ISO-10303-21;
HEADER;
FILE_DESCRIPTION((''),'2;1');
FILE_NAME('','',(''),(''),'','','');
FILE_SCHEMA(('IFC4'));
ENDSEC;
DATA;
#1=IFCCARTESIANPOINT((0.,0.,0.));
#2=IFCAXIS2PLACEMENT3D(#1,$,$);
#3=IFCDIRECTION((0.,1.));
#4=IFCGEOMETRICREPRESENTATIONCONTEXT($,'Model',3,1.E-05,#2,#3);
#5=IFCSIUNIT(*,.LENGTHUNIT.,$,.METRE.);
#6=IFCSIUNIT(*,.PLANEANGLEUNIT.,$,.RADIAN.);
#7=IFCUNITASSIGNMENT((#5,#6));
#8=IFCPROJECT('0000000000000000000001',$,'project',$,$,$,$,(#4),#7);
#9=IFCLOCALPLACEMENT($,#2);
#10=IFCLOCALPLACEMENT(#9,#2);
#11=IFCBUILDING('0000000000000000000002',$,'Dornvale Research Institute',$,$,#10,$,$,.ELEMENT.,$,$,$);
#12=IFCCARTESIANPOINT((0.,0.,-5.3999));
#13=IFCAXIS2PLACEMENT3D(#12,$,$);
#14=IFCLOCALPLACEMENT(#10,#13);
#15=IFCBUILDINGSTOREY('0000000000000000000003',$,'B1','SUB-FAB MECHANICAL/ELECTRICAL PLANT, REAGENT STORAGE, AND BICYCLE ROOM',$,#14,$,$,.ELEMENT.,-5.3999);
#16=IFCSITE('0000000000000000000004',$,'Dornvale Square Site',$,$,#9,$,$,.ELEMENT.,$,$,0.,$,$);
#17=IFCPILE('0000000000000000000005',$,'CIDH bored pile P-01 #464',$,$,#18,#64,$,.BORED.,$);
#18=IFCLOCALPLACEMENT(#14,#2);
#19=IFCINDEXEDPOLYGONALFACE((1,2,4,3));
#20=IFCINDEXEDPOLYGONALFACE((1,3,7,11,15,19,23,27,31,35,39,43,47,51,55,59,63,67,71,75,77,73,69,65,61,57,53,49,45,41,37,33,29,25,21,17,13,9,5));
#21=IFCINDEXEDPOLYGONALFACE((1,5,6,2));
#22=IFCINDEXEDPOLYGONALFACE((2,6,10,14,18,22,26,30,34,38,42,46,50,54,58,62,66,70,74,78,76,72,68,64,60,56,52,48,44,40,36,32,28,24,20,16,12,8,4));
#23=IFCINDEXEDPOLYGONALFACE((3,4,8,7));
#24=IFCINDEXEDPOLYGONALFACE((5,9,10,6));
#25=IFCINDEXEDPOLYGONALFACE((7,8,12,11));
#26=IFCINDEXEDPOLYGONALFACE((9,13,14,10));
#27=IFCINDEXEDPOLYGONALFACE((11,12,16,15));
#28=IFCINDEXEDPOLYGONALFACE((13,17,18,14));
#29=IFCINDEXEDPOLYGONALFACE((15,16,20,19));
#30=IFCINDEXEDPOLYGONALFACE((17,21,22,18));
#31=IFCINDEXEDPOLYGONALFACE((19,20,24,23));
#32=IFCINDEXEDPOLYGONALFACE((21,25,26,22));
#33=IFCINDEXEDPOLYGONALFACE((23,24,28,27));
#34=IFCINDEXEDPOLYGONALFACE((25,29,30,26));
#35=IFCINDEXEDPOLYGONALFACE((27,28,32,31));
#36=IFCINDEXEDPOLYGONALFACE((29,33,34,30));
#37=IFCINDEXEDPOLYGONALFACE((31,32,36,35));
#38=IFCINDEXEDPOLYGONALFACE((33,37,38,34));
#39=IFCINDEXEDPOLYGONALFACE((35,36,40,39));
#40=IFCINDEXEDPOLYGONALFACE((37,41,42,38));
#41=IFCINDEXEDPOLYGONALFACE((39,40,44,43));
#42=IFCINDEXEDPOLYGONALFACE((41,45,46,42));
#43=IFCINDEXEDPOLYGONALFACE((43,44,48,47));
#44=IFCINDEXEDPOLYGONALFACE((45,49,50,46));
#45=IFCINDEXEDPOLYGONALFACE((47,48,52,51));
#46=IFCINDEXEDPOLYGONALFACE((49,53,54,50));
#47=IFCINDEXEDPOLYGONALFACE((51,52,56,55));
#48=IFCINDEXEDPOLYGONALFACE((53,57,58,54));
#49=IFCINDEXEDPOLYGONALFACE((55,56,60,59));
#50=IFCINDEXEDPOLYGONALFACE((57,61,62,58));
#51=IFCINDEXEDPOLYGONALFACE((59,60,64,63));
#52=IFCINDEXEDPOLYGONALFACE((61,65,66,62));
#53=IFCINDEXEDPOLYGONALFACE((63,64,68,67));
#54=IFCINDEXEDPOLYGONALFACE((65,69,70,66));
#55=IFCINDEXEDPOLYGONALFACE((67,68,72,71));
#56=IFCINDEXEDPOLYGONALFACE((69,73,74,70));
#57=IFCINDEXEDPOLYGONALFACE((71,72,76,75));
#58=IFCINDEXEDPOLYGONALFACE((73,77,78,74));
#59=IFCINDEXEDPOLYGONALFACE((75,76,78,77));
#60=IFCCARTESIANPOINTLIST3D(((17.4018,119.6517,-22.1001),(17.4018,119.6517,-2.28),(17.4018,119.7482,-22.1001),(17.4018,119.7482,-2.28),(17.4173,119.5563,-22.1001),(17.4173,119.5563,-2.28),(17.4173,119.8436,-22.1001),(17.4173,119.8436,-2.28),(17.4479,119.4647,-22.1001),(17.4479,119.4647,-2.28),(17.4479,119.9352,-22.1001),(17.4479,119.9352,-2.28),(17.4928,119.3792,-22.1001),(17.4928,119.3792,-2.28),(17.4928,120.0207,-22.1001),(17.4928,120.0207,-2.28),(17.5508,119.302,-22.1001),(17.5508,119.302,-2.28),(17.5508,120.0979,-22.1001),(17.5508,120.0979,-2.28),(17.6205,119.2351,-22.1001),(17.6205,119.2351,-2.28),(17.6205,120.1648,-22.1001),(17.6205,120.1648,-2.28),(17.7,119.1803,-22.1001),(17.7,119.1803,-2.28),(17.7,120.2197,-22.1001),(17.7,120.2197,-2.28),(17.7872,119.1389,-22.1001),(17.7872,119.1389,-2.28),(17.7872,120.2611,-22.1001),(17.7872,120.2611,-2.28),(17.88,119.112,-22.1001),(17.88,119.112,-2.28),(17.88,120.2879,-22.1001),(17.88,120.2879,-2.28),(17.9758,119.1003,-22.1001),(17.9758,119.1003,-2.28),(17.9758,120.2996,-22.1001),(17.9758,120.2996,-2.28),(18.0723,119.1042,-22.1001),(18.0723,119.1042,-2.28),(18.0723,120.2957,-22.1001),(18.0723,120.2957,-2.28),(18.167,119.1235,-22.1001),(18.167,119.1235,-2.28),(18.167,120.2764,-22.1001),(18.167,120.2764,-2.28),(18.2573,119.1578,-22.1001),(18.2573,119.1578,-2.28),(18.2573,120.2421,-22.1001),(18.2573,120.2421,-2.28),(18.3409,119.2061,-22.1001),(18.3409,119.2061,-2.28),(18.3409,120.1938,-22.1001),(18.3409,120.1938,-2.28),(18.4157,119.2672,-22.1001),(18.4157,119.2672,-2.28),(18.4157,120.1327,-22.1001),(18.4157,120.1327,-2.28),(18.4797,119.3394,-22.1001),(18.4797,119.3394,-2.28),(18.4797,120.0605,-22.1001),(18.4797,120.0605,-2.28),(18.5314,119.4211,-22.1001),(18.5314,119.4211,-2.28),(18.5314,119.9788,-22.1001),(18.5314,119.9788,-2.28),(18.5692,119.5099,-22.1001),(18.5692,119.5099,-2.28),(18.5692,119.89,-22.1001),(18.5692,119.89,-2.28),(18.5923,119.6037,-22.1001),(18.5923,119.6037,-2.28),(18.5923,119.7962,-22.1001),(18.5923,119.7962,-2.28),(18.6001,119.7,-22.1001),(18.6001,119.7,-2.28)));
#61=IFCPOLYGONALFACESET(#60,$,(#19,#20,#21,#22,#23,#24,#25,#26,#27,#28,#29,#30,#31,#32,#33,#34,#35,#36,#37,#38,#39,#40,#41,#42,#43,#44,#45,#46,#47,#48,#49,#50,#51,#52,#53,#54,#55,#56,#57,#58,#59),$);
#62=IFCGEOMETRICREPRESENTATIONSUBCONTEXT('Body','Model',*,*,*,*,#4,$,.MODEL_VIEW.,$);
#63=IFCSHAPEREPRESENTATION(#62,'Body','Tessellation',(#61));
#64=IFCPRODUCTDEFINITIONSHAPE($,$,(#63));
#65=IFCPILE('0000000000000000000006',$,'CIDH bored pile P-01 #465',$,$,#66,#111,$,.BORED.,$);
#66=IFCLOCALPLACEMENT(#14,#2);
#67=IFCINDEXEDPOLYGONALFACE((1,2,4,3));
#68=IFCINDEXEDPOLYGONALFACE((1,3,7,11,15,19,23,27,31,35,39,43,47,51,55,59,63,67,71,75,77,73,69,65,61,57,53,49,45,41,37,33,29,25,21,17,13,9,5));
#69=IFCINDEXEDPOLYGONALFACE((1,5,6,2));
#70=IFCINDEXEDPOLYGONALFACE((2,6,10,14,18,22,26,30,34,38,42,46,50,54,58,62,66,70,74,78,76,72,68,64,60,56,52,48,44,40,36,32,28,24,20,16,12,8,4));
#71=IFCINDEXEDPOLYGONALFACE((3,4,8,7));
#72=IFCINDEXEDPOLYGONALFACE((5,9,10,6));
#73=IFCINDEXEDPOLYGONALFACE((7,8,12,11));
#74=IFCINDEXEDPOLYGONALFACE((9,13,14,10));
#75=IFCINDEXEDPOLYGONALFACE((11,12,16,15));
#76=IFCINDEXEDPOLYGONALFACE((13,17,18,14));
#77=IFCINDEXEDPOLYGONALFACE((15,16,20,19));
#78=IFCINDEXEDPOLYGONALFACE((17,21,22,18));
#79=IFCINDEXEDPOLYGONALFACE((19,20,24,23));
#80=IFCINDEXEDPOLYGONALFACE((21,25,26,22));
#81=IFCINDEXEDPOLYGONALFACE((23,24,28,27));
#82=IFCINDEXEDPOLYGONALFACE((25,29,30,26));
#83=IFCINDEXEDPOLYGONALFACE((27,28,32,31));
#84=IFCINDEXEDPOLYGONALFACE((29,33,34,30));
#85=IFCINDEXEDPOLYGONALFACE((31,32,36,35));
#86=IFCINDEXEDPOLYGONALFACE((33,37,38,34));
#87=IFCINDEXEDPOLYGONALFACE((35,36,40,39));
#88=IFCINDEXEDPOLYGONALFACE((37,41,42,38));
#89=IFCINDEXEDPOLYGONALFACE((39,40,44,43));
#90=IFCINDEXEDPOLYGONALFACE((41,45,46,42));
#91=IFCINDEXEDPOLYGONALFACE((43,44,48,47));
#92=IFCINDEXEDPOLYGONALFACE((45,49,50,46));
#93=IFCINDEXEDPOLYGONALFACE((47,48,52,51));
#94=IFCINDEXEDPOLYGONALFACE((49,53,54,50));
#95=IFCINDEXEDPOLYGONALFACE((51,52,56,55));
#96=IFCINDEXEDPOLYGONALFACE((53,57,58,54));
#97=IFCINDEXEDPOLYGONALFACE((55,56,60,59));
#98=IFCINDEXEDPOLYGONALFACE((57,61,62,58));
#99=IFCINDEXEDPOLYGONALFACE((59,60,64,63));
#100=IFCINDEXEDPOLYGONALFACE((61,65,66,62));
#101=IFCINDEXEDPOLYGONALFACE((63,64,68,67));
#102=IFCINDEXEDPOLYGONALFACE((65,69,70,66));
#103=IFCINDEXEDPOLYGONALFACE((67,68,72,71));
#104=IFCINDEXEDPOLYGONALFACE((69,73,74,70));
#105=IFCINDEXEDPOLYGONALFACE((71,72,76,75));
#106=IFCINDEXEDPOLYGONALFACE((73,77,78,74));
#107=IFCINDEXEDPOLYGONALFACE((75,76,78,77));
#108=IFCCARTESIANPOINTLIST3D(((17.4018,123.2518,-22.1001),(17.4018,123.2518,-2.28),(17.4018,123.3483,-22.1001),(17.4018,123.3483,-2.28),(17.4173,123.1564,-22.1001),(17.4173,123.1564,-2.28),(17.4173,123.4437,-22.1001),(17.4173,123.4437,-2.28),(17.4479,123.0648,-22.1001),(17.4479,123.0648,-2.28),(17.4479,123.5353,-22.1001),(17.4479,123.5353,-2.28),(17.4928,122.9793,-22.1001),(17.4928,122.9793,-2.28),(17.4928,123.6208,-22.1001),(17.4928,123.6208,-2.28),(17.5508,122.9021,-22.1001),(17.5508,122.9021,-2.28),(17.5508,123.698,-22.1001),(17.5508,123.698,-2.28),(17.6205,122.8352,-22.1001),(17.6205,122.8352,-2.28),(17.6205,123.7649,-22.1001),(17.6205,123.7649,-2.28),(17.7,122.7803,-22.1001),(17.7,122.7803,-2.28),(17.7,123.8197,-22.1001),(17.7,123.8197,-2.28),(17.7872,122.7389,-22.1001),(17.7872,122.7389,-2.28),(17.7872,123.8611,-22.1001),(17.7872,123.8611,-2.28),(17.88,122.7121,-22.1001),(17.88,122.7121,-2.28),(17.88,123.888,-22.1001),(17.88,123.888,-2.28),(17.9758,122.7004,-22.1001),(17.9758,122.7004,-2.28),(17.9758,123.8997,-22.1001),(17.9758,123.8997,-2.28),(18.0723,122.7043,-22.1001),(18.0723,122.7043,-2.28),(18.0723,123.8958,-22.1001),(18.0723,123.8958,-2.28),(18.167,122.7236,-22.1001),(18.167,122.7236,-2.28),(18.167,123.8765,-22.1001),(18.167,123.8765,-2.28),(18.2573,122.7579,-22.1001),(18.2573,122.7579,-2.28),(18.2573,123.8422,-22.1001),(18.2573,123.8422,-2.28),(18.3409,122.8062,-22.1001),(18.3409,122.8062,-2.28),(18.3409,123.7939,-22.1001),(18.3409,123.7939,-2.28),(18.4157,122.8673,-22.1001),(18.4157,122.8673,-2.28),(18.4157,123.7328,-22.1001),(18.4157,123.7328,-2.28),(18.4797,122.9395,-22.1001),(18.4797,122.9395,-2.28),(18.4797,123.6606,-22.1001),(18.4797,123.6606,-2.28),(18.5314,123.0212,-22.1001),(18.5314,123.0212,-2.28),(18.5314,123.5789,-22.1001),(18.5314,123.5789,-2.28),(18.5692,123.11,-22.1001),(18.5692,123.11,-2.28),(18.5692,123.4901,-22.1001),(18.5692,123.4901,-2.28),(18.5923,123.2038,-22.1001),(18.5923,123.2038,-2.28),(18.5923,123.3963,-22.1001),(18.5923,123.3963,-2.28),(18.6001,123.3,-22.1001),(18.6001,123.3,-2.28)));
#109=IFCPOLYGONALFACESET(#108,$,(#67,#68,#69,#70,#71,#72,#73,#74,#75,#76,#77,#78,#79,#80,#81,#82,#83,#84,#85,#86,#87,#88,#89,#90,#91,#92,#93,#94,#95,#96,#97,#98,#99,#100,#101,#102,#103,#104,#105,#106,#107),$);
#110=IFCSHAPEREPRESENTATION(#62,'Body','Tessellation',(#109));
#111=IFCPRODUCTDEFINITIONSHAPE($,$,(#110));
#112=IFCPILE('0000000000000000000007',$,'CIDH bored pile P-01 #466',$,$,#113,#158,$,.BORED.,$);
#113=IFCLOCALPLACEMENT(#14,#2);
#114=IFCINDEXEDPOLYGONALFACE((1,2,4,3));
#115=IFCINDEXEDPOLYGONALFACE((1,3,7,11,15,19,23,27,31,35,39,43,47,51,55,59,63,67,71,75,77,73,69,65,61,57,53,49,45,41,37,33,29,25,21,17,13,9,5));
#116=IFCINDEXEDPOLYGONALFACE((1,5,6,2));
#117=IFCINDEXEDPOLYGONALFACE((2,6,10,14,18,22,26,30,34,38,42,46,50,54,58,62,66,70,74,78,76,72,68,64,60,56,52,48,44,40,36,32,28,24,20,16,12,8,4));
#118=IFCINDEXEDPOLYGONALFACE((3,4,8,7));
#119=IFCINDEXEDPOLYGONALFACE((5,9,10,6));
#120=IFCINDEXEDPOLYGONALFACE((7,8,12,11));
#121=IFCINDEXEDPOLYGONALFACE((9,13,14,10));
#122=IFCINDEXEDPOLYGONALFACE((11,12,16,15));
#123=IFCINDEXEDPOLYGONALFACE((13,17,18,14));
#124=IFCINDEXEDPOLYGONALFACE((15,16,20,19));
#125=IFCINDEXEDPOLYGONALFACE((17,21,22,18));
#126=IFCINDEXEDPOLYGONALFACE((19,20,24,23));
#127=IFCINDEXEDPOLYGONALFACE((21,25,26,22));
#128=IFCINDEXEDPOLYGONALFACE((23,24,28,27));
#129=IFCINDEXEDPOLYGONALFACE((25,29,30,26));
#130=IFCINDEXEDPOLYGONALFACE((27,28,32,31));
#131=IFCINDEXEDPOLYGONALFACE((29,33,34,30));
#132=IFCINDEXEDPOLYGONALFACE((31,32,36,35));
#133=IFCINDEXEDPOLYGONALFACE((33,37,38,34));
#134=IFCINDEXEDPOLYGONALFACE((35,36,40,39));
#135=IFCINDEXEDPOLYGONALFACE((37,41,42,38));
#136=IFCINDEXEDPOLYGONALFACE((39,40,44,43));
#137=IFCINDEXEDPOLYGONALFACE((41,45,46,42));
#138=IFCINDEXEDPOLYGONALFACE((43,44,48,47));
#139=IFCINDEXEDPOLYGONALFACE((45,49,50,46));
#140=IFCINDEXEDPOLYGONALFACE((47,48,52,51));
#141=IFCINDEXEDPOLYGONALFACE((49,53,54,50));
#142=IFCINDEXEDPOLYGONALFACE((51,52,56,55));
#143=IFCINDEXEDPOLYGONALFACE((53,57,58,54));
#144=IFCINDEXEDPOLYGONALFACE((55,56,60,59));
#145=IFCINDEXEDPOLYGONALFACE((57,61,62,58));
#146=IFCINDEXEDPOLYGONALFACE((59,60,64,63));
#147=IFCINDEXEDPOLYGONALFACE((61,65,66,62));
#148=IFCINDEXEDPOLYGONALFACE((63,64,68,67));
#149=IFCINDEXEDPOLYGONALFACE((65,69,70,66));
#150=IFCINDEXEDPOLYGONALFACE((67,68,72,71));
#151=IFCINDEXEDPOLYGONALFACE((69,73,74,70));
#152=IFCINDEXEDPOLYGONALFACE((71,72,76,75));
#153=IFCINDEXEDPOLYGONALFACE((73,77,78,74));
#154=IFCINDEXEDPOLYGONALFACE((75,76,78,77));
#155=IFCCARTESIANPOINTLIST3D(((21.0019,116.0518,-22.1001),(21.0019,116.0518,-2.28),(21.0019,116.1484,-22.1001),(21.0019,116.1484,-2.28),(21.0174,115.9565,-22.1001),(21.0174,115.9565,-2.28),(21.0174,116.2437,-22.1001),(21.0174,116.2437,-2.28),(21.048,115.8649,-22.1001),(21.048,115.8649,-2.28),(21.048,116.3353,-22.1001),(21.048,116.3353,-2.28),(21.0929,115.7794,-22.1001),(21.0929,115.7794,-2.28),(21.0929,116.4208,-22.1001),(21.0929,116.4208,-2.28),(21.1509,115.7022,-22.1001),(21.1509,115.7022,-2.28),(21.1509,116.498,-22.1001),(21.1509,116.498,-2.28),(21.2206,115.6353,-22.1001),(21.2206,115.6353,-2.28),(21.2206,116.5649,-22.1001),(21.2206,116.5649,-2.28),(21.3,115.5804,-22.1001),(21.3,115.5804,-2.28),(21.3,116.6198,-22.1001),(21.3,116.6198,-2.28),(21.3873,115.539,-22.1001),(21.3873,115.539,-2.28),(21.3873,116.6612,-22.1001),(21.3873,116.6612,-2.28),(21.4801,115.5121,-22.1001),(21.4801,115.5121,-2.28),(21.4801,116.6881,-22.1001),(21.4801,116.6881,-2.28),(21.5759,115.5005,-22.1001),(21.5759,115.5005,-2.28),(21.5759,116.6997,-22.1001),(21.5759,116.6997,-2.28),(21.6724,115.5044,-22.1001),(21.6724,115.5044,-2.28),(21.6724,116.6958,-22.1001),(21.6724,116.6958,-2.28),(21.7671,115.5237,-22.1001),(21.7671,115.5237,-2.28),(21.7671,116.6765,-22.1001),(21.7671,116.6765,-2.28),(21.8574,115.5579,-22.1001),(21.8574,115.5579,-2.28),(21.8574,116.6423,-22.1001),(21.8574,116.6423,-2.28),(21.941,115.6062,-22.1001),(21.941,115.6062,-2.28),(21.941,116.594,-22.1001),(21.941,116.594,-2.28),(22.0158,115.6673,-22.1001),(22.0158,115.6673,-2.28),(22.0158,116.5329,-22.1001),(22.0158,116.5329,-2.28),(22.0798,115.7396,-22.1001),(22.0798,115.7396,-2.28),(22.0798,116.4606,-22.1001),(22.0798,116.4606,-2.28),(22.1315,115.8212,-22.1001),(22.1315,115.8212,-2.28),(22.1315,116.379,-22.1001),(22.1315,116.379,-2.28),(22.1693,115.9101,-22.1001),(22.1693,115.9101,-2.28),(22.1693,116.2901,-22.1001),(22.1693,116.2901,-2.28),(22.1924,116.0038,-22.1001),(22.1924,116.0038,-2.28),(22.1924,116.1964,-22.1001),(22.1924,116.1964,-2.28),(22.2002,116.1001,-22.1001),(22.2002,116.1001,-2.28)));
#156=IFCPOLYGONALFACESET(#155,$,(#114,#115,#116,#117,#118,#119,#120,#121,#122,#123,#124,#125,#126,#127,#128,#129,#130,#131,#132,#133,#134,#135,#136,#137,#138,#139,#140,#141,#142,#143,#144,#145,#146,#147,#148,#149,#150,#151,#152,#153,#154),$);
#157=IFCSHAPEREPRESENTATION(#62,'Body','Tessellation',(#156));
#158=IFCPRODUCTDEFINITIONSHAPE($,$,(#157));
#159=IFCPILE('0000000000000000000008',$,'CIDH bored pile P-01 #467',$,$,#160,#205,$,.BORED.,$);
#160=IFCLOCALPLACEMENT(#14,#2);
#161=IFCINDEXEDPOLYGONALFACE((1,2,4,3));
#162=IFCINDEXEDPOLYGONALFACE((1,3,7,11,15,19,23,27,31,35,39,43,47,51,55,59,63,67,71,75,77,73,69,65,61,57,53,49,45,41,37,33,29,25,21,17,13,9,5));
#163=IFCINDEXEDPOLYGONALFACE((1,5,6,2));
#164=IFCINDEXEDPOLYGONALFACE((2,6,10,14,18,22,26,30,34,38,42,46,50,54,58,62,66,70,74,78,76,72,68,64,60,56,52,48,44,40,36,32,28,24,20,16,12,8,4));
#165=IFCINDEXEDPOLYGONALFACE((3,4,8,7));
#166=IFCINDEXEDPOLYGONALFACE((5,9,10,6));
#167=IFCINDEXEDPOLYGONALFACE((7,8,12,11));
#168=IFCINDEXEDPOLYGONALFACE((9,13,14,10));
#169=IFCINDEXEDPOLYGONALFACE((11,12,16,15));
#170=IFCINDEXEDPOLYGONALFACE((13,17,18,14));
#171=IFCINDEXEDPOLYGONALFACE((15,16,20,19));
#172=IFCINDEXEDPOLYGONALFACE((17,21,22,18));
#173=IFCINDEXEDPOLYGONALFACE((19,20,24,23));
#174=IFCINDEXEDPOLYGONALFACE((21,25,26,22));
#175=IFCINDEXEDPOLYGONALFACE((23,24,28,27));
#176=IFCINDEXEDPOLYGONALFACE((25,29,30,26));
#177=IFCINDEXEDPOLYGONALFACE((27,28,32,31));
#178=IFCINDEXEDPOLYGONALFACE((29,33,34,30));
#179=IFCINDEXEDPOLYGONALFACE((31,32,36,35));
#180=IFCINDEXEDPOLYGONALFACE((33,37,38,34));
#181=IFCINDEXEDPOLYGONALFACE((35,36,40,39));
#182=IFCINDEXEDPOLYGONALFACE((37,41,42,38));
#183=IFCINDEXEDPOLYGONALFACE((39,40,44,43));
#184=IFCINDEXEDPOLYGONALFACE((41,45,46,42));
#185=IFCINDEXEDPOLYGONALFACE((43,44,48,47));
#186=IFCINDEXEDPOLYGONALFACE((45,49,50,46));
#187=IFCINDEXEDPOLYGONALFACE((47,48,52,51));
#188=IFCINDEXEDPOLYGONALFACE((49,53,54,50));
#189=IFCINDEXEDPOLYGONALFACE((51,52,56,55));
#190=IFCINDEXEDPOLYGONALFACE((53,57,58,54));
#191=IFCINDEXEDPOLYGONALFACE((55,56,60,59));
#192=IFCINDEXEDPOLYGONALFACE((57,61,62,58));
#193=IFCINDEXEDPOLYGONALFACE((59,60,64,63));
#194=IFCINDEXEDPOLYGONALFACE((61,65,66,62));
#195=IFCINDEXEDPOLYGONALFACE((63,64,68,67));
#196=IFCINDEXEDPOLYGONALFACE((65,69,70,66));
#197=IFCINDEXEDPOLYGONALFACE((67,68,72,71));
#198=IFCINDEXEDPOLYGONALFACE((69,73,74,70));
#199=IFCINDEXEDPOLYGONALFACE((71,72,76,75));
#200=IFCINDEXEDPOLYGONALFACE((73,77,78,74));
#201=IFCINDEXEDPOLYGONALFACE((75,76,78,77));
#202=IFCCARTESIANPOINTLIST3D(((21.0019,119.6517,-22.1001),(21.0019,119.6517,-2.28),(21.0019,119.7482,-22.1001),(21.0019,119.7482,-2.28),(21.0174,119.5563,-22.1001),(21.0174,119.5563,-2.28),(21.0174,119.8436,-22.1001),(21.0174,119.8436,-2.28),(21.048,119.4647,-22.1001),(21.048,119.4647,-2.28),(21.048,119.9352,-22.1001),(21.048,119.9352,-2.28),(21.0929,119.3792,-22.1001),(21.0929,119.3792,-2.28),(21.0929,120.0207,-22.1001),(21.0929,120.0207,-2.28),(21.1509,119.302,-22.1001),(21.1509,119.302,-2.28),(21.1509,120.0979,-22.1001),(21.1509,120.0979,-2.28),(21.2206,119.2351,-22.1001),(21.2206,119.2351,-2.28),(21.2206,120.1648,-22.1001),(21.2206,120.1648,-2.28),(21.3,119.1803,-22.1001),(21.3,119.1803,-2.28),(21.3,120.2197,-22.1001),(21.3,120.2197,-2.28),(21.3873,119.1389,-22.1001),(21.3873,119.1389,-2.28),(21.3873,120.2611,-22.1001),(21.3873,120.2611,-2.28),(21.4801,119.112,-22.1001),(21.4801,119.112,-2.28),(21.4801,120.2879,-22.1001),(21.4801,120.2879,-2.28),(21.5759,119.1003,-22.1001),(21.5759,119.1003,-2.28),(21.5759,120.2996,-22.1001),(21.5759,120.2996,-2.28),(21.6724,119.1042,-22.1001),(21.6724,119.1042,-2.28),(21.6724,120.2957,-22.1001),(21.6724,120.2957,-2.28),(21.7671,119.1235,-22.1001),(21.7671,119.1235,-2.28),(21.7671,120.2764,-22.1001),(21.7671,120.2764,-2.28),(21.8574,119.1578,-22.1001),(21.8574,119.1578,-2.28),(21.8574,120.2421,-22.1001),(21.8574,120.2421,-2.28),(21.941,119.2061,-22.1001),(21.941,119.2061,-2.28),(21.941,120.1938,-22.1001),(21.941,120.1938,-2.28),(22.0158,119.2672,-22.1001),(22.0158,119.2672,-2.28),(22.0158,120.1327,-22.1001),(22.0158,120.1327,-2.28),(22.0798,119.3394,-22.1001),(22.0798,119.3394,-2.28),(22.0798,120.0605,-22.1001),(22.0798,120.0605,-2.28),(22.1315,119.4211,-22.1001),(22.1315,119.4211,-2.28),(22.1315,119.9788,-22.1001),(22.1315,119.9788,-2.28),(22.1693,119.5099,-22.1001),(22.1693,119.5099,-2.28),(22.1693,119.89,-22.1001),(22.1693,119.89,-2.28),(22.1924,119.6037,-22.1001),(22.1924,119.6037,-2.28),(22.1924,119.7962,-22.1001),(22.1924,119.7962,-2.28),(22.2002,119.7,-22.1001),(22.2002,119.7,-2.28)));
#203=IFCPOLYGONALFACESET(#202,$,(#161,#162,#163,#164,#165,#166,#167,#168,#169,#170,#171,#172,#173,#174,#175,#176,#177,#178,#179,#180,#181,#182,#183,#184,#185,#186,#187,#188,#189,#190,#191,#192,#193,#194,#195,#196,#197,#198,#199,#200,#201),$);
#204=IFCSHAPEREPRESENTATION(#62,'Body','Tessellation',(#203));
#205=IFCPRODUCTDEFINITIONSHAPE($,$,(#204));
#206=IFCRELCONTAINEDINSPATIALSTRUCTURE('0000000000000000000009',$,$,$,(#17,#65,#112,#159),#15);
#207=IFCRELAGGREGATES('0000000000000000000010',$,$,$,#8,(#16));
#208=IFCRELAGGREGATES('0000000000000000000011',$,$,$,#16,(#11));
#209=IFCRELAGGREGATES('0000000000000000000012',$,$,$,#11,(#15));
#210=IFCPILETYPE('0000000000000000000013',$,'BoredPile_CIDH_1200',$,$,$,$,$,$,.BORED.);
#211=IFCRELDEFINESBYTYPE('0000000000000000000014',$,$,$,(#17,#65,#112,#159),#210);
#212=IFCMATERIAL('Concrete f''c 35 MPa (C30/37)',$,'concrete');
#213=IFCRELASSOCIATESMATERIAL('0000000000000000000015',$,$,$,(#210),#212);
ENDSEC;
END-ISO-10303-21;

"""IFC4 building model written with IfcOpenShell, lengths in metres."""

from ifc_helpers import new_model, si_unit, direction, frame, origin, origin_2d, place, context, subcontext, project, spatial, circle, extrude, material, material_profile, profile_set, type_object, element, save


model = new_model("IFC4")

# Units and contexts
model_context = context("Model", 3, precision=1e-05, world=origin(), true_north=direction((0.0, 1.0)))
body_context = subcontext(model_context, "Body", "Model", "MODEL_VIEW")
ifc_project = project(units=[si_unit("LENGTHUNIT", "METRE"), si_unit("PLANEANGLEUNIT", "RADIAN")], contexts=[model_context])

# Site, building, storey
site_placement = place(None, origin())
site = spatial("IfcSite", under=ifc_project, at=site_placement, Name="Dornvale Square Site", CompositionType="ELEMENT", RefElevation=0.0)
building_placement = place(site_placement, origin())
building = spatial("IfcBuilding", under=site, at=building_placement, Name="Dornvale Research Institute", CompositionType="ELEMENT")
storey_placement = place(building_placement, frame((0.0, 0.0, -5.3999)))
storey = spatial("IfcBuildingStorey", under=building, at=storey_placement, Name="B1", Description="SUB-FAB MECHANICAL/ELECTRICAL PLANT, REAGENT STORAGE, AND BICYCLE ROOM", CompositionType="ELEMENT", Elevation=-5.3999)

# Piles
ifc_material_1 = material(Name="Concrete f'c 35 MPa (C30/37)", Category="concrete")
ifc_material_profile_1 = material_profile(ifc_material_1, circle(Radius=0.6001, at=origin_2d()), Name="CIDH PILE D1200")
ifc_profile_set_1 = profile_set([ifc_material_profile_1], Name="Concrete f'c 35 MPa (C30/37)")
pile_type = type_object("IfcPileType", Name="BoredPile_CIDH_1200", PredefinedType="BORED", material=ifc_profile_set_1)
for number, where, z_axis, x_axis, name in (
    (1, (18.0, 119.7, -2.28), (0.0, 0.0, -1.0), (1.0, 0.0, 0.0), "CIDH bored pile P-01 #464"),
    (2, (18.0, 123.3, -2.28), (0.0, 0.0, -1.0), (1.0, 0.0, 0.0), "CIDH bored pile P-01 #465"),
    (3, (21.6001, 116.1001, -2.28), (0.0, 0.0, -1.0), (1.0, 0.0, 0.0), "CIDH bored pile P-01 #466"),
    (4, (21.6001, 119.7, -2.28), (0.0, 0.0, -1.0), (1.0, 0.0, 0.0), "CIDH bored pile P-01 #467"),
):
    element("IfcPile", number, at=place(storey_placement, frame(where, z_axis=z_axis, x_axis=x_axis)), inside=storey, type_object=pile_type, Name=name, PredefinedType="BORED", context=body_context, shape_type="SweptSolid", body=[
        extrude(circle(Radius=0.6001, at=origin_2d()), origin(), (0.0, 0.0, 1.0), 19.8201),
    ])

save(model, "model.ifc")
